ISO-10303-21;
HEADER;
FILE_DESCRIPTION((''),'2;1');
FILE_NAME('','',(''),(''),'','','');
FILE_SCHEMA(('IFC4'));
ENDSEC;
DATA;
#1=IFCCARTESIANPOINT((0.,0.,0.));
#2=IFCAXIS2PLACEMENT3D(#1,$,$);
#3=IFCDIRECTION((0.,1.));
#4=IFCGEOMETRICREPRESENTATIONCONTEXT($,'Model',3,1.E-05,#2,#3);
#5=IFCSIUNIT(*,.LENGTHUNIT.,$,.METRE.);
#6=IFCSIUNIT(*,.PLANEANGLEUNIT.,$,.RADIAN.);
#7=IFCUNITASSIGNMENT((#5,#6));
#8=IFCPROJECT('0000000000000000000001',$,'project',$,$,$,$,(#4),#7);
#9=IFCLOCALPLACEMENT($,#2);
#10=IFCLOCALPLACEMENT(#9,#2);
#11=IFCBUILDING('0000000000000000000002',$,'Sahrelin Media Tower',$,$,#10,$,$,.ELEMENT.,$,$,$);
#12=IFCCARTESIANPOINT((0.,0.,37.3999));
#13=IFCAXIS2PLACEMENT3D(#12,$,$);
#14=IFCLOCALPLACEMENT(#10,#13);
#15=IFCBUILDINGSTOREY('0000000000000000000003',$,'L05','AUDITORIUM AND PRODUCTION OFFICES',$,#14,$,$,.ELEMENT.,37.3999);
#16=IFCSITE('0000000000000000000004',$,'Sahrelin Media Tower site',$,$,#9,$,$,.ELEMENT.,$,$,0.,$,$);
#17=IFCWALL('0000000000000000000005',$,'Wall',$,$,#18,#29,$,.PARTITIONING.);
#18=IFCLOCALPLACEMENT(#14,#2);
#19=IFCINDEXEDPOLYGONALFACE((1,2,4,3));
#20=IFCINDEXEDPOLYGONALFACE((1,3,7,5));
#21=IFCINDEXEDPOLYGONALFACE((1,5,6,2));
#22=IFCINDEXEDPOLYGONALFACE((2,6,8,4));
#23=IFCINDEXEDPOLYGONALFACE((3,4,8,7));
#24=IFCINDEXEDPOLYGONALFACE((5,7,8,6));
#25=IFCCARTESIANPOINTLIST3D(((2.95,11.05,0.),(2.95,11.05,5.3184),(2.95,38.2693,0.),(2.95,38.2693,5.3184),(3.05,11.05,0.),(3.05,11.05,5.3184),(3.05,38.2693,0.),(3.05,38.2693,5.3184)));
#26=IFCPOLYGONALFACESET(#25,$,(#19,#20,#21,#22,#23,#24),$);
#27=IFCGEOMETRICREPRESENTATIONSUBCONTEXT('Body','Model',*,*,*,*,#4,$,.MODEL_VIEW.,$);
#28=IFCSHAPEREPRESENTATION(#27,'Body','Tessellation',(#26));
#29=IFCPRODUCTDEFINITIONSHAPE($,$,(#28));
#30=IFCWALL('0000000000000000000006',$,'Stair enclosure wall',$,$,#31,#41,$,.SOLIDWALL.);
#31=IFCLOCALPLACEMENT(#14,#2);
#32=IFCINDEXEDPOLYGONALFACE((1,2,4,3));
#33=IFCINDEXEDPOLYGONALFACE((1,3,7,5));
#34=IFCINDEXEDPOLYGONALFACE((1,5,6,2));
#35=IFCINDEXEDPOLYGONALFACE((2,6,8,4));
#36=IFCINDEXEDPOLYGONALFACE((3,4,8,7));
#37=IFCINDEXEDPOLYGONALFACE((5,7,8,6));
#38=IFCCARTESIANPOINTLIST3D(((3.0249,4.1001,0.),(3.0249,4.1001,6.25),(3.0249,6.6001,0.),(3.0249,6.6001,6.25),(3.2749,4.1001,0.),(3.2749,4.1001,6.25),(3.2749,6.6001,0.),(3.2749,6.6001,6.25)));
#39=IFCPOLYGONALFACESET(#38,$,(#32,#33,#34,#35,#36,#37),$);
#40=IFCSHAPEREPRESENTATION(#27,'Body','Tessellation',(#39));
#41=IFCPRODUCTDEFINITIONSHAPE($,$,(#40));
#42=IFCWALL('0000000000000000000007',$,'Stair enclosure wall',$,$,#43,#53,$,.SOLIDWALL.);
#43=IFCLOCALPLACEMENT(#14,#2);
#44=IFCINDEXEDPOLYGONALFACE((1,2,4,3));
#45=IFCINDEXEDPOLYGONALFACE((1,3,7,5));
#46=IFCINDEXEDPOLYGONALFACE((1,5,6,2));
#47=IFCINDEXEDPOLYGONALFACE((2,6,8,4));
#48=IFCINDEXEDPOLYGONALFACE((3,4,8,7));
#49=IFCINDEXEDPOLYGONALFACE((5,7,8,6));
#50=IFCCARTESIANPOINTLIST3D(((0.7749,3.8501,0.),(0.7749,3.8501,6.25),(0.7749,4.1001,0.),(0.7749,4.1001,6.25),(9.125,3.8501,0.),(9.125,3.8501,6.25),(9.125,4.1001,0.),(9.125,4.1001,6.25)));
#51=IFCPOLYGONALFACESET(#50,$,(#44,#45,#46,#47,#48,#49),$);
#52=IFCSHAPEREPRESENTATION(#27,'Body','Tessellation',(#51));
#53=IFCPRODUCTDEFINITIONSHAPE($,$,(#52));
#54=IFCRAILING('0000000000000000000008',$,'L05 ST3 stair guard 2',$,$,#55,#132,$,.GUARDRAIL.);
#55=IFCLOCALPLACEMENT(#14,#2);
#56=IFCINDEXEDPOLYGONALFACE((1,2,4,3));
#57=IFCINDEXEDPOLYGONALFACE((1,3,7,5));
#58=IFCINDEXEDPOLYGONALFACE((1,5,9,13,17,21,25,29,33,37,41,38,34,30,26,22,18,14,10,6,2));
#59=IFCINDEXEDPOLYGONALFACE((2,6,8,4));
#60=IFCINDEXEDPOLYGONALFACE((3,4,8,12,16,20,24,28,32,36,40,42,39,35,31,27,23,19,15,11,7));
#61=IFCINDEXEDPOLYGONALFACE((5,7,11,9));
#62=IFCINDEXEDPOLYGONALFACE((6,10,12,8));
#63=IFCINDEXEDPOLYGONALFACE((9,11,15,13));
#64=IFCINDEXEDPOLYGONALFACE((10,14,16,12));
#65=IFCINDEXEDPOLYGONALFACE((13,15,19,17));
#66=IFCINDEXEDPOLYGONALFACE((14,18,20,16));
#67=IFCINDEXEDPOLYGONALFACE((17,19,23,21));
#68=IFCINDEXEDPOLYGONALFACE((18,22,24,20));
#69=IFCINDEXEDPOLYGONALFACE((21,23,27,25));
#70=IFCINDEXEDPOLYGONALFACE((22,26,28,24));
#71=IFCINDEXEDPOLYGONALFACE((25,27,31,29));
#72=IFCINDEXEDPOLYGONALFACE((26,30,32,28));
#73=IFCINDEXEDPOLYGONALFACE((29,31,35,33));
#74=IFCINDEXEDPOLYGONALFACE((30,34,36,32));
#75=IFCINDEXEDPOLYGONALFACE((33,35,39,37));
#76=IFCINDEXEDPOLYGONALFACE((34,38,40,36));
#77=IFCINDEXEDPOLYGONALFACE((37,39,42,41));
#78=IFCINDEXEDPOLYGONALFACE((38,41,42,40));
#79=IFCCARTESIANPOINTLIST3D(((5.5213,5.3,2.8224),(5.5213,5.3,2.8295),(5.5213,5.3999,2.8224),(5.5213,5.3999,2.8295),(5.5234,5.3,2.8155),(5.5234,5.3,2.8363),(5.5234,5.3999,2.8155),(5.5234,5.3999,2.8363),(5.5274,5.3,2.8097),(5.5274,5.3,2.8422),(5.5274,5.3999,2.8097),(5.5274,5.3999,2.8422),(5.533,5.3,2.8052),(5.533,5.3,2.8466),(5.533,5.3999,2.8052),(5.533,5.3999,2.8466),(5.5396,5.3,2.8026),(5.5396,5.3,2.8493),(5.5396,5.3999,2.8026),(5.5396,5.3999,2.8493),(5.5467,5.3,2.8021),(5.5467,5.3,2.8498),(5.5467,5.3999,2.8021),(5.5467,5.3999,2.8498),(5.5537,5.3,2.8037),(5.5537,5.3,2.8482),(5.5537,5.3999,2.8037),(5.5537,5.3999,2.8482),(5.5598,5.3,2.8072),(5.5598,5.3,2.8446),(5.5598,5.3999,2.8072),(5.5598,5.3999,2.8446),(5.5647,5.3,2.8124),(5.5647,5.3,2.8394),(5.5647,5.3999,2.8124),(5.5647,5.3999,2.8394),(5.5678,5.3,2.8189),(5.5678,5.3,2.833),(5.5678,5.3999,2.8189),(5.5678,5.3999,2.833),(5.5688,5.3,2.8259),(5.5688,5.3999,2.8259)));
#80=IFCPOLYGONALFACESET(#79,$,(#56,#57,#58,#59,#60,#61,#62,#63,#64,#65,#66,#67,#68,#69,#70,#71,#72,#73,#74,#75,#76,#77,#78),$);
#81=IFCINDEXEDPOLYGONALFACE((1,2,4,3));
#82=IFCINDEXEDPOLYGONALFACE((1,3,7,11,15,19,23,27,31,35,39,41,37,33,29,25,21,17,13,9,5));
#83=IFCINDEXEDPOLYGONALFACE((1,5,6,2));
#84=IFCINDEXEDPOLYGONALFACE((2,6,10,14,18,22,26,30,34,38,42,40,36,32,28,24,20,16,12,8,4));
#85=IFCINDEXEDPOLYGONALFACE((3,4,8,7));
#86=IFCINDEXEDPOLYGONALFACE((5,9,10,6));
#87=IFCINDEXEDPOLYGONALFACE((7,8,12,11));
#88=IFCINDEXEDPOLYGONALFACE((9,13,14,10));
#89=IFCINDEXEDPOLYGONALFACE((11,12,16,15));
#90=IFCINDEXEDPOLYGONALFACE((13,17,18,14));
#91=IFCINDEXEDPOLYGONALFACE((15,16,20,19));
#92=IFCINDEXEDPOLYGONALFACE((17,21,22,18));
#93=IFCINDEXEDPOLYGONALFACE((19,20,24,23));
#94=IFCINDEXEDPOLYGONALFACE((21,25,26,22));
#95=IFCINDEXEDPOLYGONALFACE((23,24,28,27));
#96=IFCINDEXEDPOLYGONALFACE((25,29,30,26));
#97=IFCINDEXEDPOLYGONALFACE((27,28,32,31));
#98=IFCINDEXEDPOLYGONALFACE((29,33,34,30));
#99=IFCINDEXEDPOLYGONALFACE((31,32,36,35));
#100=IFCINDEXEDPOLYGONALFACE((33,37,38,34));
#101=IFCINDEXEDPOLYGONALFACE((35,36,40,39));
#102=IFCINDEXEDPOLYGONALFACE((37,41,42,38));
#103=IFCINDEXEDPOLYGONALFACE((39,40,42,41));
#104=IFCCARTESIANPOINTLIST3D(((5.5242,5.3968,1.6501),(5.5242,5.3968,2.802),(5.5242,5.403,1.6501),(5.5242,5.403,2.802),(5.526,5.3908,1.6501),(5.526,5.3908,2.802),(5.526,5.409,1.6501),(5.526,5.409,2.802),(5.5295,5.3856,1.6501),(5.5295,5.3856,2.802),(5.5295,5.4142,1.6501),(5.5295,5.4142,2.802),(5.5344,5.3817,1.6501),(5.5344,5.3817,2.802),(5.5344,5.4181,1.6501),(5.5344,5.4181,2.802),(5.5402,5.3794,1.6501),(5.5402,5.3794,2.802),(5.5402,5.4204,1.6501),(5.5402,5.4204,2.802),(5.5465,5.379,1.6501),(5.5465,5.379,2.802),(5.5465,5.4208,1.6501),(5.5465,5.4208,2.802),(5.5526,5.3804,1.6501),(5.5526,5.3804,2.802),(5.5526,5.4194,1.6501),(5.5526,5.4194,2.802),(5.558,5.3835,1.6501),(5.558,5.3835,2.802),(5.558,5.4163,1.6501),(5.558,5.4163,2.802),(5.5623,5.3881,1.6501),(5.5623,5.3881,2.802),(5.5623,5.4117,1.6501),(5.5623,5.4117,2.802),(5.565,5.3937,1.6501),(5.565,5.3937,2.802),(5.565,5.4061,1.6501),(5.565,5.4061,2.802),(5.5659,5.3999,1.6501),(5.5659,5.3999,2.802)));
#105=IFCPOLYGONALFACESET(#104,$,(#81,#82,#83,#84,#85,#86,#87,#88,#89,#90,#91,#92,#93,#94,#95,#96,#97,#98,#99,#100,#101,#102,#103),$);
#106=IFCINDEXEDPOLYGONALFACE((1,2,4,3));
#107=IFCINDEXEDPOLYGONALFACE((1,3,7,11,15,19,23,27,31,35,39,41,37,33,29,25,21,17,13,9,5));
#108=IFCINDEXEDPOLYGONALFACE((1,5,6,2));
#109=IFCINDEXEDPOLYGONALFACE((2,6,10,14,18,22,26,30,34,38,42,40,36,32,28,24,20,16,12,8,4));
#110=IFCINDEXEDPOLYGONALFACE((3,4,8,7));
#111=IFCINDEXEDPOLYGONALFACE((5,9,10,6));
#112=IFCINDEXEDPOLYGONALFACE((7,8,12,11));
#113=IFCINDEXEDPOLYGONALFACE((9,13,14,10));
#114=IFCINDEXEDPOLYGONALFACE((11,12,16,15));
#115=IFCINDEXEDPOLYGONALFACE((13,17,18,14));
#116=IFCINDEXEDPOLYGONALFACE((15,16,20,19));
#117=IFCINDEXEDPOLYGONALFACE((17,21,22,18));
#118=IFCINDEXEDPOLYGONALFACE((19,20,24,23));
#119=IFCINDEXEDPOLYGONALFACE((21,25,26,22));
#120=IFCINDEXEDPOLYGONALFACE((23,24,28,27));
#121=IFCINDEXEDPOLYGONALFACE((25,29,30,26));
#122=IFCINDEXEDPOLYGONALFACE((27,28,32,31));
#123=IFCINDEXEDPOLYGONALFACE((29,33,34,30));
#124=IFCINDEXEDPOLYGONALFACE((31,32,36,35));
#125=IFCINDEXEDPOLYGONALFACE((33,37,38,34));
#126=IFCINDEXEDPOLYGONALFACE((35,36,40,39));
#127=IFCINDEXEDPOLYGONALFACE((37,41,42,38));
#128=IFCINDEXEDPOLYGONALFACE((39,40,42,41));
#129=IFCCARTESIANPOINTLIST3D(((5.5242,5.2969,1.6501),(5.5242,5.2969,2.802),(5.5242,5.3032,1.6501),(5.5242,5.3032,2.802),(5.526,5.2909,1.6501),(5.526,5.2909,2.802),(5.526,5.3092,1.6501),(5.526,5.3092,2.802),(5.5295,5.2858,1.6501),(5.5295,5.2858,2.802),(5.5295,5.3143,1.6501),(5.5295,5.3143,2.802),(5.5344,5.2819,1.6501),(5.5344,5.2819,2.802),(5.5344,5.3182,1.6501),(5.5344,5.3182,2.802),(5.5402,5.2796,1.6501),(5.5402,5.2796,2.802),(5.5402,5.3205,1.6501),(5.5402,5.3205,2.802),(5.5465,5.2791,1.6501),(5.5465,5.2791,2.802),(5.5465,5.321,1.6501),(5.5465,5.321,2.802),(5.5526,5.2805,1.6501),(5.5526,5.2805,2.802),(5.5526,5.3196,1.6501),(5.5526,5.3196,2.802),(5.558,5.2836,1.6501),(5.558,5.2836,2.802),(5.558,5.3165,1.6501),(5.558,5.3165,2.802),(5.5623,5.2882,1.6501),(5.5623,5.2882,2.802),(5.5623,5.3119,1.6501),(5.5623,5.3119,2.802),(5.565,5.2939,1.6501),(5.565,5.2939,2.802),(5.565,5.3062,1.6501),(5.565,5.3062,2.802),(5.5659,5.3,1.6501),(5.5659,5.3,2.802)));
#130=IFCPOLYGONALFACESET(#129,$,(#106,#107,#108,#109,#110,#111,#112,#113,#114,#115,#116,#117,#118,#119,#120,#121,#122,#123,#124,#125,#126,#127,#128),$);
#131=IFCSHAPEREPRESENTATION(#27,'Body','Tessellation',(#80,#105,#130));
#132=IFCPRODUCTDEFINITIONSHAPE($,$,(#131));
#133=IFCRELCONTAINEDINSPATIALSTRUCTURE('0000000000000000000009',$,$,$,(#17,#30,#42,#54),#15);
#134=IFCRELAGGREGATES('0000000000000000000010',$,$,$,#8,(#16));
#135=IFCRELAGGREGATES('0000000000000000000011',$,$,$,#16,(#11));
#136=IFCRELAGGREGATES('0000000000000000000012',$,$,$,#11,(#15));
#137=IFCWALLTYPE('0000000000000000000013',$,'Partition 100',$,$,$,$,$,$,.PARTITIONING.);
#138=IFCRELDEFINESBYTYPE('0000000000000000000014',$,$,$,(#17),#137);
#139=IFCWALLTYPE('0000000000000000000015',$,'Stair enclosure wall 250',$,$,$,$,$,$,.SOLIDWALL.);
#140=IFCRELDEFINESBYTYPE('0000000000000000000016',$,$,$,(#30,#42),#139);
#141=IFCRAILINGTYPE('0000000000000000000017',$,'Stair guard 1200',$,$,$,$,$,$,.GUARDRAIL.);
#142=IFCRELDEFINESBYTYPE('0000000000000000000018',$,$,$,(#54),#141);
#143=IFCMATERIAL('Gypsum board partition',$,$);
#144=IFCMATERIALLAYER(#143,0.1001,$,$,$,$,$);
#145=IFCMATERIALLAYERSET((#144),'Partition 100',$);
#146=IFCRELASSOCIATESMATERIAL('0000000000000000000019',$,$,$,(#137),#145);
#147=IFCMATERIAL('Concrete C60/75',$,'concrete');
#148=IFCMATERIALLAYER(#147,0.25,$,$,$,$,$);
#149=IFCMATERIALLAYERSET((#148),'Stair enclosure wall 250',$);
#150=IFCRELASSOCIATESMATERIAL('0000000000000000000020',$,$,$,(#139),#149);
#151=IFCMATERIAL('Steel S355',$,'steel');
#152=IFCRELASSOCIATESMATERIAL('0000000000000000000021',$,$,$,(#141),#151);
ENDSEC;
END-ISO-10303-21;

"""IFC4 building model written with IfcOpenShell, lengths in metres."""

from ifc_helpers import new_model, si_unit, direction, frame, frame_2d, origin, origin_2d, place, context, subcontext, project, spatial, rectangle, circle, extrude, material, layer, layer_set, type_object, element, save


model = new_model("IFC4")

# Units and contexts
model_context = context("Model", 3, precision=1e-05, world=origin(), true_north=direction((0.0, 1.0)))
body_context = subcontext(model_context, "Body", "Model", "MODEL_VIEW")
ifc_project = project(units=[si_unit("LENGTHUNIT", "METRE"), si_unit("PLANEANGLEUNIT", "RADIAN")], contexts=[model_context])

# Site, building, storey
site_placement = place(None, origin())
site = spatial("IfcSite", under=ifc_project, at=site_placement, Name="Sahrelin Media Tower site", CompositionType="ELEMENT", RefElevation=0.0)
building_placement = place(site_placement, origin())
building = spatial("IfcBuilding", under=site, at=building_placement, Name="Sahrelin Media Tower", CompositionType="ELEMENT")
storey_placement = place(building_placement, frame((0.0, 0.0, 37.3999)))
storey = spatial("IfcBuildingStorey", under=building, at=storey_placement, Name="L05", Description="AUDITORIUM AND PRODUCTION OFFICES", CompositionType="ELEMENT", Elevation=37.3999)

# Shared definitions
ifc_material_1 = material(Name="Steel S355", Category="steel")

# Shared definitions
ifc_material_2 = material(Name="Concrete C60/75", Category="concrete")

# Walls
ifc_material_3 = material(Name="Gypsum board partition")
ifc_layer_1 = layer(ifc_material_3, 0.1001)
ifc_layer_set_1 = layer_set([ifc_layer_1], Name="Partition 100")
wall_type_1 = type_object("IfcWallType", Name="Partition 100", PredefinedType="PARTITIONING", material=ifc_layer_set_1)
wall_1_placement = place(storey_placement, frame((3.0, 11.05, 0.0), z_axis=(0.0, 0.0, 1.0), x_axis=(0.0, 1.0, 0.0)))
element("IfcWall", 1, at=wall_1_placement, inside=storey, type_object=wall_type_1, Name="Wall", PredefinedType="PARTITIONING", context=body_context, shape_type="SweptSolid", body=[
    extrude(rectangle(XDim=27.2192, YDim=0.1001, at=frame_2d((13.6096, 0.0))), origin(), (0.0, 0.0, 1.0), 5.3184),
])
ifc_layer_2 = layer(ifc_material_2, 0.25)
ifc_layer_set_2 = layer_set([ifc_layer_2], Name="Stair enclosure wall 250")
wall_type_2 = type_object("IfcWallType", Name="Stair enclosure wall 250", PredefinedType="SOLIDWALL", material=ifc_layer_set_2)
wall_2_placement = place(storey_placement, frame((3.1499, 4.1001, 0.0), z_axis=(0.0, 0.0, 1.0), x_axis=(0.0, 1.0, 0.0)))
element("IfcWall", 2, at=wall_2_placement, inside=storey, type_object=wall_type_2, Name="Stair enclosure wall", PredefinedType="SOLIDWALL", context=body_context, shape_type="SweptSolid", body=[
    extrude(rectangle(XDim=2.5, YDim=0.25, at=frame_2d((1.25, 0.0))), origin(), (0.0, 0.0, 1.0), 6.25),
])
wall_3_placement = place(storey_placement, frame((0.7749, 3.9751, 0.0), z_axis=(0.0, 0.0, 1.0), x_axis=(1.0, 0.0, 0.0)))
element("IfcWall", 3, at=wall_3_placement, inside=storey, type_object=wall_type_2, Name="Stair enclosure wall", PredefinedType="SOLIDWALL", context=body_context, shape_type="SweptSolid", body=[
    extrude(rectangle(XDim=8.3501, YDim=0.25, at=frame_2d((4.175, 0.0))), origin(), (0.0, 0.0, 1.0), 6.25),
])

# Railing
railing_type_1 = type_object("IfcRailingType", Name="Stair guard 1200", PredefinedType="GUARDRAIL", material=ifc_material_1)
railing_1_placement = place(storey_placement, frame((5.5449, 5.3999, 1.6501)))
element("IfcRailing", 4, at=railing_1_placement, inside=storey, type_object=railing_type_1, Name="L05 ST3 stair guard 2", PredefinedType="GUARDRAIL", context=body_context, shape_type="SweptSolid", body=[
    extrude(circle(Radius=0.0239, at=origin_2d()), frame((0.0, 0.0, 1.1758), z_axis=(0.0, -1.0, 0.0), x_axis=(1.0, 0.0, 0.0)), (0.0, 0.0, 1.0), 0.0999),
    extrude(circle(Radius=0.021, at=origin_2d()), origin(), (0.0, 0.0, 1.0), 1.1519),
    extrude(circle(Radius=0.021, at=origin_2d()), frame((0.0, -0.0999, 0.0)), (0.0, 0.0, 1.0), 1.1519),
])

save(model, "model.ifc")
